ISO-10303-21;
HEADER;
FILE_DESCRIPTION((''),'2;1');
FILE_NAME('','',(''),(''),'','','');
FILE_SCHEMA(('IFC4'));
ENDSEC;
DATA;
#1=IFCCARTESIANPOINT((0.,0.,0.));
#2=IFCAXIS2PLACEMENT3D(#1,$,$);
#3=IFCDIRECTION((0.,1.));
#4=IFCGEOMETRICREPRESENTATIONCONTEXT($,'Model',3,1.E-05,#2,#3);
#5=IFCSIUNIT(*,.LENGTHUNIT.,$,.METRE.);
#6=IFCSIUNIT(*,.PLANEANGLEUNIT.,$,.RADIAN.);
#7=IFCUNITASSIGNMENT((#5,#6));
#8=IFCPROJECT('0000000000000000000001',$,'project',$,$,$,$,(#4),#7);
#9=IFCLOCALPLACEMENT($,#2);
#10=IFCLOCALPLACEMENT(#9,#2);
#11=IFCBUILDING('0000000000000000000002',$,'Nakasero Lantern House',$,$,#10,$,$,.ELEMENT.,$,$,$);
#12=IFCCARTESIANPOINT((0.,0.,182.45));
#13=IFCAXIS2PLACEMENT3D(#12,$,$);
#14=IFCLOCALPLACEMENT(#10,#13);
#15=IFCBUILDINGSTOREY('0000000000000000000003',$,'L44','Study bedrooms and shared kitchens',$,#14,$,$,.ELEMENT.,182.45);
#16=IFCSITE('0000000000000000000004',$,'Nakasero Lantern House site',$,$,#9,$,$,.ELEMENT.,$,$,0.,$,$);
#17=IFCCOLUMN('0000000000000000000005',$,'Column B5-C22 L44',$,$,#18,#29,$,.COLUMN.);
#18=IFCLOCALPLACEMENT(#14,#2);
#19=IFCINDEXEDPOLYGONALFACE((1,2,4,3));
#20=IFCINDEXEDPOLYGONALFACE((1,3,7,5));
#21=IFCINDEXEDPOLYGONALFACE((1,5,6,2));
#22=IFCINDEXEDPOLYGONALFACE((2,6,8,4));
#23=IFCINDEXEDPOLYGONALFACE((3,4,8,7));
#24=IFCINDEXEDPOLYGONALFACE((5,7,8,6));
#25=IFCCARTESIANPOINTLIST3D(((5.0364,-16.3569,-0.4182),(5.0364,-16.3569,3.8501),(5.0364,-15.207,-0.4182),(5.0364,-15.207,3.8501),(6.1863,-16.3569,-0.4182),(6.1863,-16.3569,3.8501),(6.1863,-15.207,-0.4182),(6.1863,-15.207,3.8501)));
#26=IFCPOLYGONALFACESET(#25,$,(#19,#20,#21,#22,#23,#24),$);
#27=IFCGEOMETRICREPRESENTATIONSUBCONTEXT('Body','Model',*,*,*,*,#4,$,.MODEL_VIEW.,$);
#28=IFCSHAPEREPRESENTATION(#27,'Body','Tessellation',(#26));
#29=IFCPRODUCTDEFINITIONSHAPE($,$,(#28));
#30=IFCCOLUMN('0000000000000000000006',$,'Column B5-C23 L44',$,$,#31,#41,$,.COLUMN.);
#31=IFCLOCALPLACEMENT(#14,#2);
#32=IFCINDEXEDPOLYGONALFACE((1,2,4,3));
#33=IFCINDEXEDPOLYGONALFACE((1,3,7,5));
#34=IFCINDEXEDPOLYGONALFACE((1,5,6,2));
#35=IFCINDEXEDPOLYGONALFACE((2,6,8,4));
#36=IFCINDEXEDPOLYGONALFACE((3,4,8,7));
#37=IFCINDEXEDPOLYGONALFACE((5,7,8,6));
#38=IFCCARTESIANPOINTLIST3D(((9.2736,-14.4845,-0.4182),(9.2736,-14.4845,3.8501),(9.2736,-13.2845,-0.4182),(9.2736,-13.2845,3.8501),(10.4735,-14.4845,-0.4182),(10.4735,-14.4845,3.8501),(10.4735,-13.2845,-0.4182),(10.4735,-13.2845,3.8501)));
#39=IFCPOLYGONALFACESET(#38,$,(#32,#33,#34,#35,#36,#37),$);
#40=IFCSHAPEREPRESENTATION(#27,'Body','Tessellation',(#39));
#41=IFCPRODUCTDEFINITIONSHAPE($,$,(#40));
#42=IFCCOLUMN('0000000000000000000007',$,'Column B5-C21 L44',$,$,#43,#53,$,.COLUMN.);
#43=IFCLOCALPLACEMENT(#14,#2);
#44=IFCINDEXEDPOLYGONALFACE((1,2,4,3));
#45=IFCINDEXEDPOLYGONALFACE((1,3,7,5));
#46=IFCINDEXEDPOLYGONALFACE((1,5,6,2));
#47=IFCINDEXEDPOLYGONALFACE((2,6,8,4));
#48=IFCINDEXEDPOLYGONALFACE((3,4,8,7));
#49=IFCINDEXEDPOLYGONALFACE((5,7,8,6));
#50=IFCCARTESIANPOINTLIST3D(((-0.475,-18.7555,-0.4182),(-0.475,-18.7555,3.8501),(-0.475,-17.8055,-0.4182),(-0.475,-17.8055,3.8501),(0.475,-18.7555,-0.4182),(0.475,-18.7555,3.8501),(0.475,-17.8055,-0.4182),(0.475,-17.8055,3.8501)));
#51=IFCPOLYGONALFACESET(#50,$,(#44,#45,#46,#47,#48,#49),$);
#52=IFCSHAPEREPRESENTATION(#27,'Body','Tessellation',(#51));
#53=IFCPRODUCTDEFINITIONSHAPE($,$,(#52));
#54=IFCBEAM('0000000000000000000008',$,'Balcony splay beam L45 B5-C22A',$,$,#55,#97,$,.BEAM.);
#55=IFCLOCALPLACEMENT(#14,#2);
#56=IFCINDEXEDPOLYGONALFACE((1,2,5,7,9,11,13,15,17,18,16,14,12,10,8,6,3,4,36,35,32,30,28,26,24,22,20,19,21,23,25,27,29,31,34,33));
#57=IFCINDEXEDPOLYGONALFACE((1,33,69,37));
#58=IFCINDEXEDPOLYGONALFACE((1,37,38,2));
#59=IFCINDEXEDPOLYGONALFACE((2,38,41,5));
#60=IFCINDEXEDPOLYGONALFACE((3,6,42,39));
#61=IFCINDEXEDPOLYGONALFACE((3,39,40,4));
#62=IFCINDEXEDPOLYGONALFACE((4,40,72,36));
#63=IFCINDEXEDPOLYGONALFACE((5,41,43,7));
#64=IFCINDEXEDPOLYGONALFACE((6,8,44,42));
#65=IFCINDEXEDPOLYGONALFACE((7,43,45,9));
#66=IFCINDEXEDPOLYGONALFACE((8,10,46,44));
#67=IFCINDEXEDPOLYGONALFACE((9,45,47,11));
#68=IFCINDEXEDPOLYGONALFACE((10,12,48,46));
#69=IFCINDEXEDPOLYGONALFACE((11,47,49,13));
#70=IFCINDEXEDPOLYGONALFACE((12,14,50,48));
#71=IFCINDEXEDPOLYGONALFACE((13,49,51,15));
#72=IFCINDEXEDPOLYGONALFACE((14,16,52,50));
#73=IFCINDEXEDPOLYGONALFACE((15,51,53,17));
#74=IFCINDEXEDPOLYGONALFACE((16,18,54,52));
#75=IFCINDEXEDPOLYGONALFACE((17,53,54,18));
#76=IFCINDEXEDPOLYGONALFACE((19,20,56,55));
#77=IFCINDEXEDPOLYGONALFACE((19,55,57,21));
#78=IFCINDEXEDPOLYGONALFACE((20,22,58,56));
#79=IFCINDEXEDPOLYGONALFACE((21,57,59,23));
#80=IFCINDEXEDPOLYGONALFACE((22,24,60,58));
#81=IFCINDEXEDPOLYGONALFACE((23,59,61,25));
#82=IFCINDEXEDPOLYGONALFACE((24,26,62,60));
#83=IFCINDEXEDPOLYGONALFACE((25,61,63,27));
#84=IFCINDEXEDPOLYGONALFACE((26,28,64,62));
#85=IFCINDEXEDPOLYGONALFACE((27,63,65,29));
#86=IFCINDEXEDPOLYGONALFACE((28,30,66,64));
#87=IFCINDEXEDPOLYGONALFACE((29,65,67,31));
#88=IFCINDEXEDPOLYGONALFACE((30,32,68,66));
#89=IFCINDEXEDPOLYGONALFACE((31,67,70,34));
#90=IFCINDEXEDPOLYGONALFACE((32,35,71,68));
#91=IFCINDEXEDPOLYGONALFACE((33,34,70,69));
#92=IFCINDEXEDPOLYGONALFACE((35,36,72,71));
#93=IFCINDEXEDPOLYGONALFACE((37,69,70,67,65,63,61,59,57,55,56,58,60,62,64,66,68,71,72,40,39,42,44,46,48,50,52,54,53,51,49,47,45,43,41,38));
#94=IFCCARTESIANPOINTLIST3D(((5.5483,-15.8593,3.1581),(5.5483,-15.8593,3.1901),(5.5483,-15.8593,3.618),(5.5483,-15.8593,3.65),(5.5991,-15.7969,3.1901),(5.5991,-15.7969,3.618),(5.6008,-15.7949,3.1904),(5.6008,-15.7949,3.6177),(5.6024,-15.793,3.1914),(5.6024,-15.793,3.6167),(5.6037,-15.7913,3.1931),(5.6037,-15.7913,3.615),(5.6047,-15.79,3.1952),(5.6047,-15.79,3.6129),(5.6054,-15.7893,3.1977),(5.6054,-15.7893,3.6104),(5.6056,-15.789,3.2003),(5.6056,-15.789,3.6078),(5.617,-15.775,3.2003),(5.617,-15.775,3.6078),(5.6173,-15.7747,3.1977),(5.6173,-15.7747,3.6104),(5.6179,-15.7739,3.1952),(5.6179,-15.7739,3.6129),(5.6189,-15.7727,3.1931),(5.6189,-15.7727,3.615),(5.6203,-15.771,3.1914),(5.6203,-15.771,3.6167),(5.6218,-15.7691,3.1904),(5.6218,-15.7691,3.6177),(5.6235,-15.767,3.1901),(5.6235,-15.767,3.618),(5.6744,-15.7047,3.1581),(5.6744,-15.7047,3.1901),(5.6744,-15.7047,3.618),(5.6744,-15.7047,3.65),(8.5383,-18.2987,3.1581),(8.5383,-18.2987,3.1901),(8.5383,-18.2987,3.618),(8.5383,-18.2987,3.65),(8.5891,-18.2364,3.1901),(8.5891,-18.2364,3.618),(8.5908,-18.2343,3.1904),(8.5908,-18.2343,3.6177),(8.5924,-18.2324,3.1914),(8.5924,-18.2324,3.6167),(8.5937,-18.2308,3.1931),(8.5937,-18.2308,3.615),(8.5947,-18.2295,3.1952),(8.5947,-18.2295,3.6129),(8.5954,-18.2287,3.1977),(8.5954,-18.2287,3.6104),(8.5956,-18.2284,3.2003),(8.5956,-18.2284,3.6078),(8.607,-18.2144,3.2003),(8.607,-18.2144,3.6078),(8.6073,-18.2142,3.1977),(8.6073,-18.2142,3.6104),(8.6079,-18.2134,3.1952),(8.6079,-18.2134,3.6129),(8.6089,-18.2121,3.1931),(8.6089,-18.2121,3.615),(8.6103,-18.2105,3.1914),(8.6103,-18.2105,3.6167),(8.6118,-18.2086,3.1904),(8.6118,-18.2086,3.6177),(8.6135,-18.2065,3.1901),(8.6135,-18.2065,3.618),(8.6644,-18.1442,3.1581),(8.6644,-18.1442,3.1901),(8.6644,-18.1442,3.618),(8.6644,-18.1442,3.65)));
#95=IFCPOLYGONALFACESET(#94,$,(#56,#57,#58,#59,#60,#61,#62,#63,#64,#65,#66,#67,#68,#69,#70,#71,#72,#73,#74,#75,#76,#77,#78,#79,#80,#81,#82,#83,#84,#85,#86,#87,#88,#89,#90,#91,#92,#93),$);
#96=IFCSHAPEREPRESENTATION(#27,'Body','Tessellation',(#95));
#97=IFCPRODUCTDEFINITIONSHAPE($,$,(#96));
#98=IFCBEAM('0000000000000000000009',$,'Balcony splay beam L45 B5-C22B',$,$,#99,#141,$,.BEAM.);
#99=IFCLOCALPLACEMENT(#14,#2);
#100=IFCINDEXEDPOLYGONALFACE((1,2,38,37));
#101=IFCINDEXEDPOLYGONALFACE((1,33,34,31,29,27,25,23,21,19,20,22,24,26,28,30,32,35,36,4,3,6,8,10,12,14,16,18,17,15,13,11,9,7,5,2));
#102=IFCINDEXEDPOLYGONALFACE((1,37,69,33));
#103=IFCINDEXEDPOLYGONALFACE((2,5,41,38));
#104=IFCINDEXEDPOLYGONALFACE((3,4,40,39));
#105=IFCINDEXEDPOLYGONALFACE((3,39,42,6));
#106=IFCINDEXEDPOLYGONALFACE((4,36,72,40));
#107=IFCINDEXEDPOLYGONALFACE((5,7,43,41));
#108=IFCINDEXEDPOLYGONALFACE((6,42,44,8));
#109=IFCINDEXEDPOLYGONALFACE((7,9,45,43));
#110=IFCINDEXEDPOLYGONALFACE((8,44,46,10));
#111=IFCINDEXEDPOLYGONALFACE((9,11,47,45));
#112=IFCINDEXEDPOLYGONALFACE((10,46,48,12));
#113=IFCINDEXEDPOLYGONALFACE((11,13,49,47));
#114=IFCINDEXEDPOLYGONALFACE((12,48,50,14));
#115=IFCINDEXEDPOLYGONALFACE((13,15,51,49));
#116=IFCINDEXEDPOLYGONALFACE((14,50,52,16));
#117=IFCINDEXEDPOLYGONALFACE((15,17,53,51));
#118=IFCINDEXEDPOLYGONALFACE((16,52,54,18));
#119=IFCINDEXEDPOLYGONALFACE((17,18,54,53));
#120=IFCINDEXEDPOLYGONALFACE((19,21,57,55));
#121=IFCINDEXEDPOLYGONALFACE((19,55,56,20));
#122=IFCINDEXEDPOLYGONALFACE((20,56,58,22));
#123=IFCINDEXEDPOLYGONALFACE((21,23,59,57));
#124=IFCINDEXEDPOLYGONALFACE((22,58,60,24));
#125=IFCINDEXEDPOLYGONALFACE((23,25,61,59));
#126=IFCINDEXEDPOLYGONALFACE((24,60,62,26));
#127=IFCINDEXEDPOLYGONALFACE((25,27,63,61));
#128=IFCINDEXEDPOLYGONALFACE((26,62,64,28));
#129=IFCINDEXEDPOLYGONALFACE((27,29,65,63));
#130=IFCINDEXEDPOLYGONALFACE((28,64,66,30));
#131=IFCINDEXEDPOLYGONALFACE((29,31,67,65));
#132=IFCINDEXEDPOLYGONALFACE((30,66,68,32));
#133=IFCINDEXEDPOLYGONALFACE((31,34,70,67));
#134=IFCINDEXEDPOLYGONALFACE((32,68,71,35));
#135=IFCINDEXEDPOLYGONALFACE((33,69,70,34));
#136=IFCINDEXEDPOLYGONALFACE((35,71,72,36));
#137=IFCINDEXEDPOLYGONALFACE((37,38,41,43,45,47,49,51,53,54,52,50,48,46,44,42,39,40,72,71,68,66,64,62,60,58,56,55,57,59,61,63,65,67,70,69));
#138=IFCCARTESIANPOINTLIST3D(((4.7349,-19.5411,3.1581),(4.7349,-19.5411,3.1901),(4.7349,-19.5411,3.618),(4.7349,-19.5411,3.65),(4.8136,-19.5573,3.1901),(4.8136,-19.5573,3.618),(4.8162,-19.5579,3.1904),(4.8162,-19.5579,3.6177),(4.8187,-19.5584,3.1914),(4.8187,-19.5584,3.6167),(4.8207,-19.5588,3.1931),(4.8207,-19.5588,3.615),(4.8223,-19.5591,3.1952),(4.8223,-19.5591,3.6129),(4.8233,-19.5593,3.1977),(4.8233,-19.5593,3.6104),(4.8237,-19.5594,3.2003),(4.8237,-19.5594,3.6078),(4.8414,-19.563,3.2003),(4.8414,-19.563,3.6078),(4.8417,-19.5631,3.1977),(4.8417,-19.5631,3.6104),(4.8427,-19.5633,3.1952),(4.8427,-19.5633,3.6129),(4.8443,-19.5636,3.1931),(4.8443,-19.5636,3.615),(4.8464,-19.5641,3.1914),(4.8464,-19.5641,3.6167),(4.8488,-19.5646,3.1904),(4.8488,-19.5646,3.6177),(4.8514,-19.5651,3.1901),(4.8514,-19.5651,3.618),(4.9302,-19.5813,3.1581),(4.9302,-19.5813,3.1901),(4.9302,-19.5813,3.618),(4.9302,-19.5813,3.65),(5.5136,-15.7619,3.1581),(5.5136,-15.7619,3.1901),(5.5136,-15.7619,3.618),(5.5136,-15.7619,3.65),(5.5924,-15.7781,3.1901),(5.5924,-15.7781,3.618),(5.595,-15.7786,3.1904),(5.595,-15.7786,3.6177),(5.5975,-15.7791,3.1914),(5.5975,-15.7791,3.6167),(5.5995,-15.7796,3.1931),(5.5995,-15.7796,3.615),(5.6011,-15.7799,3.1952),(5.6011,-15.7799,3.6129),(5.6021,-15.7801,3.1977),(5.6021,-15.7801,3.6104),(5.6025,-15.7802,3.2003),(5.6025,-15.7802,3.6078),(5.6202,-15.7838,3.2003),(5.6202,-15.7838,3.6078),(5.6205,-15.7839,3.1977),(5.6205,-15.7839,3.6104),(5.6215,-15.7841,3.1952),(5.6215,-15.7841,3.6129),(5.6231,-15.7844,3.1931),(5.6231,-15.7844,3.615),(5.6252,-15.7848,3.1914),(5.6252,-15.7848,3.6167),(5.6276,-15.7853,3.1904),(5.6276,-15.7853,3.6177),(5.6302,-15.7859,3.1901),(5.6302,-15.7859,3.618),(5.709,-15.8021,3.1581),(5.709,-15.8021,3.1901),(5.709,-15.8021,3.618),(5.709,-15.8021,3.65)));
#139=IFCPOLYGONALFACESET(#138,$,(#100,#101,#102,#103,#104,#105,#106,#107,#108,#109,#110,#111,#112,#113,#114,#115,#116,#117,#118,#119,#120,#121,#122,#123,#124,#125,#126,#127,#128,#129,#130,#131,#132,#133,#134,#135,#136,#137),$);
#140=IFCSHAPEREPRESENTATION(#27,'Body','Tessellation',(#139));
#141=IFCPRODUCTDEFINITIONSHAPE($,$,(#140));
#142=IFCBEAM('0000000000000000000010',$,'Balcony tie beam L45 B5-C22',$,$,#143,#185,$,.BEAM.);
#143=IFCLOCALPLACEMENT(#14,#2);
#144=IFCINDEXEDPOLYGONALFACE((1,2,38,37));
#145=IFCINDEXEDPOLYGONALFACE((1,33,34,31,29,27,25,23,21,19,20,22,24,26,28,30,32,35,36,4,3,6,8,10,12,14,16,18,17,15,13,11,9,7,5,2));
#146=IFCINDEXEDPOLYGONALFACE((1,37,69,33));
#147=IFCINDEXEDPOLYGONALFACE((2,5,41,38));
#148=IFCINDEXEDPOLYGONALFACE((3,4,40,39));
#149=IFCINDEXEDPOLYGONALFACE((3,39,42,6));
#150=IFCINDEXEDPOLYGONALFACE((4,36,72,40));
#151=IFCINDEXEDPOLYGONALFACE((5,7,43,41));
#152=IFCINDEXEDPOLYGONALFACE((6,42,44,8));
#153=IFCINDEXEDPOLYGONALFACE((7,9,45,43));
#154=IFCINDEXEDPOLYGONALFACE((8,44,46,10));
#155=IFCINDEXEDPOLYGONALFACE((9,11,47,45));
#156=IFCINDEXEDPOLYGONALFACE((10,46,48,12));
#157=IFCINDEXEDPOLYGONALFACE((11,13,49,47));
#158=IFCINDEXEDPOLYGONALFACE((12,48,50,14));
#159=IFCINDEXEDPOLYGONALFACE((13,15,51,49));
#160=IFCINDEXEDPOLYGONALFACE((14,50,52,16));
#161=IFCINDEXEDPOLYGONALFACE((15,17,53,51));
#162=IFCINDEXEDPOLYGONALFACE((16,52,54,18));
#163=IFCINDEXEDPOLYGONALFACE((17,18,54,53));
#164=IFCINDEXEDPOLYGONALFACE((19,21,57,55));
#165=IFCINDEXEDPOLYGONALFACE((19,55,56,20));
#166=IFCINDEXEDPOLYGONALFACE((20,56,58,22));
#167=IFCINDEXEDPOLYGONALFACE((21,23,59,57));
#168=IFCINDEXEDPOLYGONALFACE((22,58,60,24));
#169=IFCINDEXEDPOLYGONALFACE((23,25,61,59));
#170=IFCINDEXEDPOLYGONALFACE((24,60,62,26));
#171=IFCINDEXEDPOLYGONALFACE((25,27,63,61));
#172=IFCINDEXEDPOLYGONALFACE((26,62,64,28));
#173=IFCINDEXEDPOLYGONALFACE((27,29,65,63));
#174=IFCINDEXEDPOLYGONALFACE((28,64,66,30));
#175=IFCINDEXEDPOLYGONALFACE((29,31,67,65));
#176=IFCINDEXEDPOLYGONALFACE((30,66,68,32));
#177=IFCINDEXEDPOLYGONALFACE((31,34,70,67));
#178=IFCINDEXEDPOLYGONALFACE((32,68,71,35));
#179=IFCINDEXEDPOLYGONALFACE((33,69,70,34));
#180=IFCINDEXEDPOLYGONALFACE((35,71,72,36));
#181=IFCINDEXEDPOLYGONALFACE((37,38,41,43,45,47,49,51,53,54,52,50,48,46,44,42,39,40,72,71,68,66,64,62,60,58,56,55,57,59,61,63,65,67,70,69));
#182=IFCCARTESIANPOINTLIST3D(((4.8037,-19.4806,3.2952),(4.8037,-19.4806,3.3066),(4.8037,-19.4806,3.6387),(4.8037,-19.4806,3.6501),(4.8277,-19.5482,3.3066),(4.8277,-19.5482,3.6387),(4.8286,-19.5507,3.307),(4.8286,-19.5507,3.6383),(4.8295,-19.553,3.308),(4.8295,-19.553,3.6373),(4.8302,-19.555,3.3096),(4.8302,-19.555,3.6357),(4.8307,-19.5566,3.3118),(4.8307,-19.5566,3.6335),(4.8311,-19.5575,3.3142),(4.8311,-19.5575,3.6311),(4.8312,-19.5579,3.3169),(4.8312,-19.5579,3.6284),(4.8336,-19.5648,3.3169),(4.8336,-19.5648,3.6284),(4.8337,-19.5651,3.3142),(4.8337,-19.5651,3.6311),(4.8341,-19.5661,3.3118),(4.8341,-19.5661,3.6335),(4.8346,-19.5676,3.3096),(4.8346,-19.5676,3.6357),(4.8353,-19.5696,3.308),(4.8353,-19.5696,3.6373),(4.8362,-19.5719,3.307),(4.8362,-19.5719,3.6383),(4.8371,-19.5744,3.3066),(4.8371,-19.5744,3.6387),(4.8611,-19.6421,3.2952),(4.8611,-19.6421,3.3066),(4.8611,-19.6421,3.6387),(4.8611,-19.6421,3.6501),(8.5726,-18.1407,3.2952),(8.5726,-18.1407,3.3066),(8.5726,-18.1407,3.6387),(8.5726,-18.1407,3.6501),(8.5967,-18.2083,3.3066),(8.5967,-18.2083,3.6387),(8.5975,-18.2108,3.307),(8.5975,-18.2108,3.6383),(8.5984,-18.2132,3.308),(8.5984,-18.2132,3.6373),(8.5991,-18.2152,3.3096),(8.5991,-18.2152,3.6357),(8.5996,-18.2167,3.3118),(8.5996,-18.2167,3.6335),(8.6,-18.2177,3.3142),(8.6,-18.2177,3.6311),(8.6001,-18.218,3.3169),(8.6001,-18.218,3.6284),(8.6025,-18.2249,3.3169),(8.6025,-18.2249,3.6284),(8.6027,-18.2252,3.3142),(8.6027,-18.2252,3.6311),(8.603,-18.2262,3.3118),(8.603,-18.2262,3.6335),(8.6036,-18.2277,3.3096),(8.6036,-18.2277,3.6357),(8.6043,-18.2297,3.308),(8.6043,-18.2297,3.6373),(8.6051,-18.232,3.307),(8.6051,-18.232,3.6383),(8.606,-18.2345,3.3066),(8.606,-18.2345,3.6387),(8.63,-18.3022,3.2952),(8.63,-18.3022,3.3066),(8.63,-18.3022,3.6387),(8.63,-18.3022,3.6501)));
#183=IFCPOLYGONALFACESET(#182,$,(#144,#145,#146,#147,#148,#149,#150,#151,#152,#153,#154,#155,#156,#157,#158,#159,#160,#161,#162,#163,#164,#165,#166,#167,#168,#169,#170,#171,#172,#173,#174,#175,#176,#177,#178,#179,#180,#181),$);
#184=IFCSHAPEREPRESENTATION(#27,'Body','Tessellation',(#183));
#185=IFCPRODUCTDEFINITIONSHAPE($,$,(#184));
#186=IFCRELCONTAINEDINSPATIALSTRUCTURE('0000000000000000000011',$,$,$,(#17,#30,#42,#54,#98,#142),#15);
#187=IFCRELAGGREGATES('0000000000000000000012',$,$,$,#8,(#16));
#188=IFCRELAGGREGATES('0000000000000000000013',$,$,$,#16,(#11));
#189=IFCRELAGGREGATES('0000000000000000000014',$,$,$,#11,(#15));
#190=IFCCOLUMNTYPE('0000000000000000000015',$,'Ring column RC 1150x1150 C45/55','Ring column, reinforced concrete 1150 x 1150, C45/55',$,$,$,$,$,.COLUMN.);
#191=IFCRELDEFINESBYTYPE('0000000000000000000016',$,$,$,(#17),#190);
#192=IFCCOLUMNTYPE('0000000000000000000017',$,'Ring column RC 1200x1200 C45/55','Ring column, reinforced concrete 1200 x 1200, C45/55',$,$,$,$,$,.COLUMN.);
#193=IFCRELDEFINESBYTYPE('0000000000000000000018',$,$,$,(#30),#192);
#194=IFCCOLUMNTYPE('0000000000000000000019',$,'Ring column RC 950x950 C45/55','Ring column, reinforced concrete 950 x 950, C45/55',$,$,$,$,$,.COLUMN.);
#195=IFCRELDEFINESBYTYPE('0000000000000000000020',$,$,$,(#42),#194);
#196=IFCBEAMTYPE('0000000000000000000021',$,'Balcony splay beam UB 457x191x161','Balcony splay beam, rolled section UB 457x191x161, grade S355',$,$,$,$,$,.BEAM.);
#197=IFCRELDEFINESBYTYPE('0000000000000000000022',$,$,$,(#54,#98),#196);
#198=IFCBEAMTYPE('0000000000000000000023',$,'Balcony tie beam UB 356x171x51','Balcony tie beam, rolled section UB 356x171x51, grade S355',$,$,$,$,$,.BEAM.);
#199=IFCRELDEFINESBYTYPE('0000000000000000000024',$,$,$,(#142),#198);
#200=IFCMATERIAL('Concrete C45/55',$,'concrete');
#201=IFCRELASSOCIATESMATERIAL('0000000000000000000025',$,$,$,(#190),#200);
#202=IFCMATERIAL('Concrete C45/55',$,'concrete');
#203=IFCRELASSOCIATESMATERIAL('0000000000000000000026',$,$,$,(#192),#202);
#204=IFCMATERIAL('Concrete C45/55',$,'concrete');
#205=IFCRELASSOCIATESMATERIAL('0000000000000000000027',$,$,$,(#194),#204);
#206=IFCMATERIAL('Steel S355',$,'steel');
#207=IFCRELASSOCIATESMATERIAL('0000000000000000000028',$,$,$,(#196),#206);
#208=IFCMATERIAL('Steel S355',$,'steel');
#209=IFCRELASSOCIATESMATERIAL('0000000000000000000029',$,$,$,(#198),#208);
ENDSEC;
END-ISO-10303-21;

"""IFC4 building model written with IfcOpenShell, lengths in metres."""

from ifc_helpers import new_model, si_unit, direction, frame, origin, origin_2d, place, context, subcontext, project, spatial, rectangle, i_section, extrude, material, material_profile, profile_set, type_object, element, save


model = new_model("IFC4")

# Units and contexts
model_context = context("Model", 3, precision=1e-05, world=origin(), true_north=direction((0.0, 1.0)))
body_context = subcontext(model_context, "Body", "Model", "MODEL_VIEW")
ifc_project = project(units=[si_unit("LENGTHUNIT", "METRE"), si_unit("PLANEANGLEUNIT", "RADIAN")], contexts=[model_context])

# Site, building, storey
site_placement = place(None, origin())
site = spatial("IfcSite", under=ifc_project, at=site_placement, Name="Nakasero Lantern House site", CompositionType="ELEMENT", RefElevation=0.0)
building_placement = place(site_placement, origin())
building = spatial("IfcBuilding", under=site, at=building_placement, Name="Nakasero Lantern House", CompositionType="ELEMENT")
storey_placement = place(building_placement, frame((0.0, 0.0, 182.45)))
storey = spatial("IfcBuildingStorey", under=building, at=storey_placement, Name="L44", Description="Study bedrooms and shared kitchens", CompositionType="ELEMENT", Elevation=182.45)

# Columns
ifc_material_1 = material(Name="Concrete C45/55", Category="concrete")
ifc_material_profile_1 = material_profile(ifc_material_1, rectangle(XDim=1.1499, YDim=1.1499, at=origin_2d()), Name="RC 1150x1150")
ifc_profile_set_1 = profile_set([ifc_material_profile_1], Name="Concrete C45/55")
column_type_1 = type_object("IfcColumnType", Name="Ring column RC 1150x1150 C45/55", Description="Ring column, reinforced concrete 1150 x 1150, C45/55", PredefinedType="COLUMN", material=ifc_profile_set_1)
column_1_placement = place(storey_placement, frame((5.6113, -15.782, -0.4182), z_axis=(0.0, 0.0, 1.0), x_axis=(1.0, 0.0, 0.0)))
element("IfcColumn", 1, at=column_1_placement, inside=storey, type_object=column_type_1, Name="Column B5-C22 L44", PredefinedType="COLUMN", context=body_context, shape_type="SweptSolid", body=[
    extrude(rectangle(XDim=1.1499, YDim=1.1499, at=origin_2d()), origin(), (0.0, 0.0, 1.0), 4.2683),
])
ifc_material_2 = material(Name="Concrete C45/55", Category="concrete")
ifc_material_profile_2 = material_profile(ifc_material_2, rectangle(XDim=1.2, YDim=1.2, at=origin_2d()), Name="RC 1200x1200")
ifc_profile_set_2 = profile_set([ifc_material_profile_2], Name="Concrete C45/55")
column_type_2 = type_object("IfcColumnType", Name="Ring column RC 1200x1200 C45/55", Description="Ring column, reinforced concrete 1200 x 1200, C45/55", PredefinedType="COLUMN", material=ifc_profile_set_2)
column_2_placement = place(storey_placement, frame((9.8735, -13.8845, -0.4182), z_axis=(0.0, 0.0, 1.0), x_axis=(1.0, 0.0, 0.0)))
element("IfcColumn", 2, at=column_2_placement, inside=storey, type_object=column_type_2, Name="Column B5-C23 L44", PredefinedType="COLUMN", context=body_context, shape_type="SweptSolid", body=[
    extrude(rectangle(XDim=1.2, YDim=1.2, at=origin_2d()), origin(), (0.0, 0.0, 1.0), 4.2683),
])
ifc_material_3 = material(Name="Concrete C45/55", Category="concrete")
ifc_material_profile_3 = material_profile(ifc_material_3, rectangle(XDim=0.95, YDim=0.95, at=origin_2d()), Name="RC 950x950")
ifc_profile_set_3 = profile_set([ifc_material_profile_3], Name="Concrete C45/55")
column_type_3 = type_object("IfcColumnType", Name="Ring column RC 950x950 C45/55", Description="Ring column, reinforced concrete 950 x 950, C45/55", PredefinedType="COLUMN", material=ifc_profile_set_3)
column_3_placement = place(storey_placement, frame((0.0, -18.2805, -0.4182), z_axis=(0.0, 0.0, 1.0), x_axis=(1.0, 0.0, 0.0)))
element("IfcColumn", 3, at=column_3_placement, inside=storey, type_object=column_type_3, Name="Column B5-C21 L44", PredefinedType="COLUMN", context=body_context, shape_type="SweptSolid", body=[
    extrude(rectangle(XDim=0.95, YDim=0.95, at=origin_2d()), origin(), (0.0, 0.0, 1.0), 4.2683),
])

# Beams
ifc_material_4 = material(Name="Steel S355", Category="steel")
ifc_material_profile_4 = material_profile(ifc_material_4, i_section(OverallWidth=0.1995, OverallDepth=0.4919, WebThickness=0.0181, FlangeThickness=0.032, FilletRadius=0.0103, at=origin_2d()), Name="UB 457x191x161")
ifc_profile_set_4 = profile_set([ifc_material_profile_4], Name="Steel S355")
beam_type_1 = type_object("IfcBeamType", Name="Balcony splay beam UB 457x191x161", Description="Balcony splay beam, rolled section UB 457x191x161, grade S355", PredefinedType="BEAM", material=ifc_profile_set_4)
beam_1_placement = place(storey_placement, frame((5.6113, -15.782, 3.4041), z_axis=(0.774833, -0.632166, 0.0), x_axis=(0.632166, 0.774833, 0.0)))
element("IfcBeam", 4, at=beam_1_placement, inside=storey, type_object=beam_type_1, Name="Balcony splay beam L45 B5-C22A", PredefinedType="BEAM", context=body_context, shape_type="SweptSolid", body=[
    extrude(i_section(OverallWidth=0.1995, OverallDepth=0.4919, WebThickness=0.0181, FlangeThickness=0.032, FilletRadius=0.0103, at=origin_2d()), origin(), (0.0, 0.0, 1.0), 3.8589),
])
beam_2_placement = place(storey_placement, frame((5.6113, -15.782, 3.4041), z_axis=(-0.201831, -0.97942, 0.0), x_axis=(0.97942, -0.201831, 0.0)))
element("IfcBeam", 5, at=beam_2_placement, inside=storey, type_object=beam_type_1, Name="Balcony splay beam L45 B5-C22B", PredefinedType="BEAM", context=body_context, shape_type="SweptSolid", body=[
    extrude(i_section(OverallWidth=0.1995, OverallDepth=0.4919, WebThickness=0.0181, FlangeThickness=0.032, FilletRadius=0.0103, at=origin_2d()), origin(), (0.0, 0.0, 1.0), 3.8586),
])
ifc_material_5 = material(Name="Steel S355", Category="steel")
ifc_material_profile_5 = material_profile(ifc_material_5, i_section(OverallWidth=0.1714, OverallDepth=0.355, WebThickness=0.0073, FlangeThickness=0.0115, FilletRadius=0.0103, at=origin_2d()), Name="UB 356x171x51")
ifc_profile_set_5 = profile_set([ifc_material_profile_5], Name="Steel S355")
beam_type_2 = type_object("IfcBeamType", Name="Balcony tie beam UB 356x171x51", Description="Balcony tie beam, rolled section UB 356x171x51, grade S355", PredefinedType="BEAM", material=ifc_profile_set_5)
beam_3_placement = place(storey_placement, frame((8.6013, -18.2214, 3.4727), z_axis=(-0.942228, -0.334971, 0.0), x_axis=(0.334971, -0.942228, 0.0)))
element("IfcBeam", 6, at=beam_3_placement, inside=storey, type_object=beam_type_2, Name="Balcony tie beam L45 B5-C22", PredefinedType="BEAM", context=body_context, shape_type="SweptSolid", body=[
    extrude(i_section(OverallWidth=0.1714, OverallDepth=0.355, WebThickness=0.0073, FlangeThickness=0.0115, FilletRadius=0.0103, at=origin_2d()), origin(), (0.0, 0.0, 1.0), 4.0),
])

save(model, "model.ifc")
